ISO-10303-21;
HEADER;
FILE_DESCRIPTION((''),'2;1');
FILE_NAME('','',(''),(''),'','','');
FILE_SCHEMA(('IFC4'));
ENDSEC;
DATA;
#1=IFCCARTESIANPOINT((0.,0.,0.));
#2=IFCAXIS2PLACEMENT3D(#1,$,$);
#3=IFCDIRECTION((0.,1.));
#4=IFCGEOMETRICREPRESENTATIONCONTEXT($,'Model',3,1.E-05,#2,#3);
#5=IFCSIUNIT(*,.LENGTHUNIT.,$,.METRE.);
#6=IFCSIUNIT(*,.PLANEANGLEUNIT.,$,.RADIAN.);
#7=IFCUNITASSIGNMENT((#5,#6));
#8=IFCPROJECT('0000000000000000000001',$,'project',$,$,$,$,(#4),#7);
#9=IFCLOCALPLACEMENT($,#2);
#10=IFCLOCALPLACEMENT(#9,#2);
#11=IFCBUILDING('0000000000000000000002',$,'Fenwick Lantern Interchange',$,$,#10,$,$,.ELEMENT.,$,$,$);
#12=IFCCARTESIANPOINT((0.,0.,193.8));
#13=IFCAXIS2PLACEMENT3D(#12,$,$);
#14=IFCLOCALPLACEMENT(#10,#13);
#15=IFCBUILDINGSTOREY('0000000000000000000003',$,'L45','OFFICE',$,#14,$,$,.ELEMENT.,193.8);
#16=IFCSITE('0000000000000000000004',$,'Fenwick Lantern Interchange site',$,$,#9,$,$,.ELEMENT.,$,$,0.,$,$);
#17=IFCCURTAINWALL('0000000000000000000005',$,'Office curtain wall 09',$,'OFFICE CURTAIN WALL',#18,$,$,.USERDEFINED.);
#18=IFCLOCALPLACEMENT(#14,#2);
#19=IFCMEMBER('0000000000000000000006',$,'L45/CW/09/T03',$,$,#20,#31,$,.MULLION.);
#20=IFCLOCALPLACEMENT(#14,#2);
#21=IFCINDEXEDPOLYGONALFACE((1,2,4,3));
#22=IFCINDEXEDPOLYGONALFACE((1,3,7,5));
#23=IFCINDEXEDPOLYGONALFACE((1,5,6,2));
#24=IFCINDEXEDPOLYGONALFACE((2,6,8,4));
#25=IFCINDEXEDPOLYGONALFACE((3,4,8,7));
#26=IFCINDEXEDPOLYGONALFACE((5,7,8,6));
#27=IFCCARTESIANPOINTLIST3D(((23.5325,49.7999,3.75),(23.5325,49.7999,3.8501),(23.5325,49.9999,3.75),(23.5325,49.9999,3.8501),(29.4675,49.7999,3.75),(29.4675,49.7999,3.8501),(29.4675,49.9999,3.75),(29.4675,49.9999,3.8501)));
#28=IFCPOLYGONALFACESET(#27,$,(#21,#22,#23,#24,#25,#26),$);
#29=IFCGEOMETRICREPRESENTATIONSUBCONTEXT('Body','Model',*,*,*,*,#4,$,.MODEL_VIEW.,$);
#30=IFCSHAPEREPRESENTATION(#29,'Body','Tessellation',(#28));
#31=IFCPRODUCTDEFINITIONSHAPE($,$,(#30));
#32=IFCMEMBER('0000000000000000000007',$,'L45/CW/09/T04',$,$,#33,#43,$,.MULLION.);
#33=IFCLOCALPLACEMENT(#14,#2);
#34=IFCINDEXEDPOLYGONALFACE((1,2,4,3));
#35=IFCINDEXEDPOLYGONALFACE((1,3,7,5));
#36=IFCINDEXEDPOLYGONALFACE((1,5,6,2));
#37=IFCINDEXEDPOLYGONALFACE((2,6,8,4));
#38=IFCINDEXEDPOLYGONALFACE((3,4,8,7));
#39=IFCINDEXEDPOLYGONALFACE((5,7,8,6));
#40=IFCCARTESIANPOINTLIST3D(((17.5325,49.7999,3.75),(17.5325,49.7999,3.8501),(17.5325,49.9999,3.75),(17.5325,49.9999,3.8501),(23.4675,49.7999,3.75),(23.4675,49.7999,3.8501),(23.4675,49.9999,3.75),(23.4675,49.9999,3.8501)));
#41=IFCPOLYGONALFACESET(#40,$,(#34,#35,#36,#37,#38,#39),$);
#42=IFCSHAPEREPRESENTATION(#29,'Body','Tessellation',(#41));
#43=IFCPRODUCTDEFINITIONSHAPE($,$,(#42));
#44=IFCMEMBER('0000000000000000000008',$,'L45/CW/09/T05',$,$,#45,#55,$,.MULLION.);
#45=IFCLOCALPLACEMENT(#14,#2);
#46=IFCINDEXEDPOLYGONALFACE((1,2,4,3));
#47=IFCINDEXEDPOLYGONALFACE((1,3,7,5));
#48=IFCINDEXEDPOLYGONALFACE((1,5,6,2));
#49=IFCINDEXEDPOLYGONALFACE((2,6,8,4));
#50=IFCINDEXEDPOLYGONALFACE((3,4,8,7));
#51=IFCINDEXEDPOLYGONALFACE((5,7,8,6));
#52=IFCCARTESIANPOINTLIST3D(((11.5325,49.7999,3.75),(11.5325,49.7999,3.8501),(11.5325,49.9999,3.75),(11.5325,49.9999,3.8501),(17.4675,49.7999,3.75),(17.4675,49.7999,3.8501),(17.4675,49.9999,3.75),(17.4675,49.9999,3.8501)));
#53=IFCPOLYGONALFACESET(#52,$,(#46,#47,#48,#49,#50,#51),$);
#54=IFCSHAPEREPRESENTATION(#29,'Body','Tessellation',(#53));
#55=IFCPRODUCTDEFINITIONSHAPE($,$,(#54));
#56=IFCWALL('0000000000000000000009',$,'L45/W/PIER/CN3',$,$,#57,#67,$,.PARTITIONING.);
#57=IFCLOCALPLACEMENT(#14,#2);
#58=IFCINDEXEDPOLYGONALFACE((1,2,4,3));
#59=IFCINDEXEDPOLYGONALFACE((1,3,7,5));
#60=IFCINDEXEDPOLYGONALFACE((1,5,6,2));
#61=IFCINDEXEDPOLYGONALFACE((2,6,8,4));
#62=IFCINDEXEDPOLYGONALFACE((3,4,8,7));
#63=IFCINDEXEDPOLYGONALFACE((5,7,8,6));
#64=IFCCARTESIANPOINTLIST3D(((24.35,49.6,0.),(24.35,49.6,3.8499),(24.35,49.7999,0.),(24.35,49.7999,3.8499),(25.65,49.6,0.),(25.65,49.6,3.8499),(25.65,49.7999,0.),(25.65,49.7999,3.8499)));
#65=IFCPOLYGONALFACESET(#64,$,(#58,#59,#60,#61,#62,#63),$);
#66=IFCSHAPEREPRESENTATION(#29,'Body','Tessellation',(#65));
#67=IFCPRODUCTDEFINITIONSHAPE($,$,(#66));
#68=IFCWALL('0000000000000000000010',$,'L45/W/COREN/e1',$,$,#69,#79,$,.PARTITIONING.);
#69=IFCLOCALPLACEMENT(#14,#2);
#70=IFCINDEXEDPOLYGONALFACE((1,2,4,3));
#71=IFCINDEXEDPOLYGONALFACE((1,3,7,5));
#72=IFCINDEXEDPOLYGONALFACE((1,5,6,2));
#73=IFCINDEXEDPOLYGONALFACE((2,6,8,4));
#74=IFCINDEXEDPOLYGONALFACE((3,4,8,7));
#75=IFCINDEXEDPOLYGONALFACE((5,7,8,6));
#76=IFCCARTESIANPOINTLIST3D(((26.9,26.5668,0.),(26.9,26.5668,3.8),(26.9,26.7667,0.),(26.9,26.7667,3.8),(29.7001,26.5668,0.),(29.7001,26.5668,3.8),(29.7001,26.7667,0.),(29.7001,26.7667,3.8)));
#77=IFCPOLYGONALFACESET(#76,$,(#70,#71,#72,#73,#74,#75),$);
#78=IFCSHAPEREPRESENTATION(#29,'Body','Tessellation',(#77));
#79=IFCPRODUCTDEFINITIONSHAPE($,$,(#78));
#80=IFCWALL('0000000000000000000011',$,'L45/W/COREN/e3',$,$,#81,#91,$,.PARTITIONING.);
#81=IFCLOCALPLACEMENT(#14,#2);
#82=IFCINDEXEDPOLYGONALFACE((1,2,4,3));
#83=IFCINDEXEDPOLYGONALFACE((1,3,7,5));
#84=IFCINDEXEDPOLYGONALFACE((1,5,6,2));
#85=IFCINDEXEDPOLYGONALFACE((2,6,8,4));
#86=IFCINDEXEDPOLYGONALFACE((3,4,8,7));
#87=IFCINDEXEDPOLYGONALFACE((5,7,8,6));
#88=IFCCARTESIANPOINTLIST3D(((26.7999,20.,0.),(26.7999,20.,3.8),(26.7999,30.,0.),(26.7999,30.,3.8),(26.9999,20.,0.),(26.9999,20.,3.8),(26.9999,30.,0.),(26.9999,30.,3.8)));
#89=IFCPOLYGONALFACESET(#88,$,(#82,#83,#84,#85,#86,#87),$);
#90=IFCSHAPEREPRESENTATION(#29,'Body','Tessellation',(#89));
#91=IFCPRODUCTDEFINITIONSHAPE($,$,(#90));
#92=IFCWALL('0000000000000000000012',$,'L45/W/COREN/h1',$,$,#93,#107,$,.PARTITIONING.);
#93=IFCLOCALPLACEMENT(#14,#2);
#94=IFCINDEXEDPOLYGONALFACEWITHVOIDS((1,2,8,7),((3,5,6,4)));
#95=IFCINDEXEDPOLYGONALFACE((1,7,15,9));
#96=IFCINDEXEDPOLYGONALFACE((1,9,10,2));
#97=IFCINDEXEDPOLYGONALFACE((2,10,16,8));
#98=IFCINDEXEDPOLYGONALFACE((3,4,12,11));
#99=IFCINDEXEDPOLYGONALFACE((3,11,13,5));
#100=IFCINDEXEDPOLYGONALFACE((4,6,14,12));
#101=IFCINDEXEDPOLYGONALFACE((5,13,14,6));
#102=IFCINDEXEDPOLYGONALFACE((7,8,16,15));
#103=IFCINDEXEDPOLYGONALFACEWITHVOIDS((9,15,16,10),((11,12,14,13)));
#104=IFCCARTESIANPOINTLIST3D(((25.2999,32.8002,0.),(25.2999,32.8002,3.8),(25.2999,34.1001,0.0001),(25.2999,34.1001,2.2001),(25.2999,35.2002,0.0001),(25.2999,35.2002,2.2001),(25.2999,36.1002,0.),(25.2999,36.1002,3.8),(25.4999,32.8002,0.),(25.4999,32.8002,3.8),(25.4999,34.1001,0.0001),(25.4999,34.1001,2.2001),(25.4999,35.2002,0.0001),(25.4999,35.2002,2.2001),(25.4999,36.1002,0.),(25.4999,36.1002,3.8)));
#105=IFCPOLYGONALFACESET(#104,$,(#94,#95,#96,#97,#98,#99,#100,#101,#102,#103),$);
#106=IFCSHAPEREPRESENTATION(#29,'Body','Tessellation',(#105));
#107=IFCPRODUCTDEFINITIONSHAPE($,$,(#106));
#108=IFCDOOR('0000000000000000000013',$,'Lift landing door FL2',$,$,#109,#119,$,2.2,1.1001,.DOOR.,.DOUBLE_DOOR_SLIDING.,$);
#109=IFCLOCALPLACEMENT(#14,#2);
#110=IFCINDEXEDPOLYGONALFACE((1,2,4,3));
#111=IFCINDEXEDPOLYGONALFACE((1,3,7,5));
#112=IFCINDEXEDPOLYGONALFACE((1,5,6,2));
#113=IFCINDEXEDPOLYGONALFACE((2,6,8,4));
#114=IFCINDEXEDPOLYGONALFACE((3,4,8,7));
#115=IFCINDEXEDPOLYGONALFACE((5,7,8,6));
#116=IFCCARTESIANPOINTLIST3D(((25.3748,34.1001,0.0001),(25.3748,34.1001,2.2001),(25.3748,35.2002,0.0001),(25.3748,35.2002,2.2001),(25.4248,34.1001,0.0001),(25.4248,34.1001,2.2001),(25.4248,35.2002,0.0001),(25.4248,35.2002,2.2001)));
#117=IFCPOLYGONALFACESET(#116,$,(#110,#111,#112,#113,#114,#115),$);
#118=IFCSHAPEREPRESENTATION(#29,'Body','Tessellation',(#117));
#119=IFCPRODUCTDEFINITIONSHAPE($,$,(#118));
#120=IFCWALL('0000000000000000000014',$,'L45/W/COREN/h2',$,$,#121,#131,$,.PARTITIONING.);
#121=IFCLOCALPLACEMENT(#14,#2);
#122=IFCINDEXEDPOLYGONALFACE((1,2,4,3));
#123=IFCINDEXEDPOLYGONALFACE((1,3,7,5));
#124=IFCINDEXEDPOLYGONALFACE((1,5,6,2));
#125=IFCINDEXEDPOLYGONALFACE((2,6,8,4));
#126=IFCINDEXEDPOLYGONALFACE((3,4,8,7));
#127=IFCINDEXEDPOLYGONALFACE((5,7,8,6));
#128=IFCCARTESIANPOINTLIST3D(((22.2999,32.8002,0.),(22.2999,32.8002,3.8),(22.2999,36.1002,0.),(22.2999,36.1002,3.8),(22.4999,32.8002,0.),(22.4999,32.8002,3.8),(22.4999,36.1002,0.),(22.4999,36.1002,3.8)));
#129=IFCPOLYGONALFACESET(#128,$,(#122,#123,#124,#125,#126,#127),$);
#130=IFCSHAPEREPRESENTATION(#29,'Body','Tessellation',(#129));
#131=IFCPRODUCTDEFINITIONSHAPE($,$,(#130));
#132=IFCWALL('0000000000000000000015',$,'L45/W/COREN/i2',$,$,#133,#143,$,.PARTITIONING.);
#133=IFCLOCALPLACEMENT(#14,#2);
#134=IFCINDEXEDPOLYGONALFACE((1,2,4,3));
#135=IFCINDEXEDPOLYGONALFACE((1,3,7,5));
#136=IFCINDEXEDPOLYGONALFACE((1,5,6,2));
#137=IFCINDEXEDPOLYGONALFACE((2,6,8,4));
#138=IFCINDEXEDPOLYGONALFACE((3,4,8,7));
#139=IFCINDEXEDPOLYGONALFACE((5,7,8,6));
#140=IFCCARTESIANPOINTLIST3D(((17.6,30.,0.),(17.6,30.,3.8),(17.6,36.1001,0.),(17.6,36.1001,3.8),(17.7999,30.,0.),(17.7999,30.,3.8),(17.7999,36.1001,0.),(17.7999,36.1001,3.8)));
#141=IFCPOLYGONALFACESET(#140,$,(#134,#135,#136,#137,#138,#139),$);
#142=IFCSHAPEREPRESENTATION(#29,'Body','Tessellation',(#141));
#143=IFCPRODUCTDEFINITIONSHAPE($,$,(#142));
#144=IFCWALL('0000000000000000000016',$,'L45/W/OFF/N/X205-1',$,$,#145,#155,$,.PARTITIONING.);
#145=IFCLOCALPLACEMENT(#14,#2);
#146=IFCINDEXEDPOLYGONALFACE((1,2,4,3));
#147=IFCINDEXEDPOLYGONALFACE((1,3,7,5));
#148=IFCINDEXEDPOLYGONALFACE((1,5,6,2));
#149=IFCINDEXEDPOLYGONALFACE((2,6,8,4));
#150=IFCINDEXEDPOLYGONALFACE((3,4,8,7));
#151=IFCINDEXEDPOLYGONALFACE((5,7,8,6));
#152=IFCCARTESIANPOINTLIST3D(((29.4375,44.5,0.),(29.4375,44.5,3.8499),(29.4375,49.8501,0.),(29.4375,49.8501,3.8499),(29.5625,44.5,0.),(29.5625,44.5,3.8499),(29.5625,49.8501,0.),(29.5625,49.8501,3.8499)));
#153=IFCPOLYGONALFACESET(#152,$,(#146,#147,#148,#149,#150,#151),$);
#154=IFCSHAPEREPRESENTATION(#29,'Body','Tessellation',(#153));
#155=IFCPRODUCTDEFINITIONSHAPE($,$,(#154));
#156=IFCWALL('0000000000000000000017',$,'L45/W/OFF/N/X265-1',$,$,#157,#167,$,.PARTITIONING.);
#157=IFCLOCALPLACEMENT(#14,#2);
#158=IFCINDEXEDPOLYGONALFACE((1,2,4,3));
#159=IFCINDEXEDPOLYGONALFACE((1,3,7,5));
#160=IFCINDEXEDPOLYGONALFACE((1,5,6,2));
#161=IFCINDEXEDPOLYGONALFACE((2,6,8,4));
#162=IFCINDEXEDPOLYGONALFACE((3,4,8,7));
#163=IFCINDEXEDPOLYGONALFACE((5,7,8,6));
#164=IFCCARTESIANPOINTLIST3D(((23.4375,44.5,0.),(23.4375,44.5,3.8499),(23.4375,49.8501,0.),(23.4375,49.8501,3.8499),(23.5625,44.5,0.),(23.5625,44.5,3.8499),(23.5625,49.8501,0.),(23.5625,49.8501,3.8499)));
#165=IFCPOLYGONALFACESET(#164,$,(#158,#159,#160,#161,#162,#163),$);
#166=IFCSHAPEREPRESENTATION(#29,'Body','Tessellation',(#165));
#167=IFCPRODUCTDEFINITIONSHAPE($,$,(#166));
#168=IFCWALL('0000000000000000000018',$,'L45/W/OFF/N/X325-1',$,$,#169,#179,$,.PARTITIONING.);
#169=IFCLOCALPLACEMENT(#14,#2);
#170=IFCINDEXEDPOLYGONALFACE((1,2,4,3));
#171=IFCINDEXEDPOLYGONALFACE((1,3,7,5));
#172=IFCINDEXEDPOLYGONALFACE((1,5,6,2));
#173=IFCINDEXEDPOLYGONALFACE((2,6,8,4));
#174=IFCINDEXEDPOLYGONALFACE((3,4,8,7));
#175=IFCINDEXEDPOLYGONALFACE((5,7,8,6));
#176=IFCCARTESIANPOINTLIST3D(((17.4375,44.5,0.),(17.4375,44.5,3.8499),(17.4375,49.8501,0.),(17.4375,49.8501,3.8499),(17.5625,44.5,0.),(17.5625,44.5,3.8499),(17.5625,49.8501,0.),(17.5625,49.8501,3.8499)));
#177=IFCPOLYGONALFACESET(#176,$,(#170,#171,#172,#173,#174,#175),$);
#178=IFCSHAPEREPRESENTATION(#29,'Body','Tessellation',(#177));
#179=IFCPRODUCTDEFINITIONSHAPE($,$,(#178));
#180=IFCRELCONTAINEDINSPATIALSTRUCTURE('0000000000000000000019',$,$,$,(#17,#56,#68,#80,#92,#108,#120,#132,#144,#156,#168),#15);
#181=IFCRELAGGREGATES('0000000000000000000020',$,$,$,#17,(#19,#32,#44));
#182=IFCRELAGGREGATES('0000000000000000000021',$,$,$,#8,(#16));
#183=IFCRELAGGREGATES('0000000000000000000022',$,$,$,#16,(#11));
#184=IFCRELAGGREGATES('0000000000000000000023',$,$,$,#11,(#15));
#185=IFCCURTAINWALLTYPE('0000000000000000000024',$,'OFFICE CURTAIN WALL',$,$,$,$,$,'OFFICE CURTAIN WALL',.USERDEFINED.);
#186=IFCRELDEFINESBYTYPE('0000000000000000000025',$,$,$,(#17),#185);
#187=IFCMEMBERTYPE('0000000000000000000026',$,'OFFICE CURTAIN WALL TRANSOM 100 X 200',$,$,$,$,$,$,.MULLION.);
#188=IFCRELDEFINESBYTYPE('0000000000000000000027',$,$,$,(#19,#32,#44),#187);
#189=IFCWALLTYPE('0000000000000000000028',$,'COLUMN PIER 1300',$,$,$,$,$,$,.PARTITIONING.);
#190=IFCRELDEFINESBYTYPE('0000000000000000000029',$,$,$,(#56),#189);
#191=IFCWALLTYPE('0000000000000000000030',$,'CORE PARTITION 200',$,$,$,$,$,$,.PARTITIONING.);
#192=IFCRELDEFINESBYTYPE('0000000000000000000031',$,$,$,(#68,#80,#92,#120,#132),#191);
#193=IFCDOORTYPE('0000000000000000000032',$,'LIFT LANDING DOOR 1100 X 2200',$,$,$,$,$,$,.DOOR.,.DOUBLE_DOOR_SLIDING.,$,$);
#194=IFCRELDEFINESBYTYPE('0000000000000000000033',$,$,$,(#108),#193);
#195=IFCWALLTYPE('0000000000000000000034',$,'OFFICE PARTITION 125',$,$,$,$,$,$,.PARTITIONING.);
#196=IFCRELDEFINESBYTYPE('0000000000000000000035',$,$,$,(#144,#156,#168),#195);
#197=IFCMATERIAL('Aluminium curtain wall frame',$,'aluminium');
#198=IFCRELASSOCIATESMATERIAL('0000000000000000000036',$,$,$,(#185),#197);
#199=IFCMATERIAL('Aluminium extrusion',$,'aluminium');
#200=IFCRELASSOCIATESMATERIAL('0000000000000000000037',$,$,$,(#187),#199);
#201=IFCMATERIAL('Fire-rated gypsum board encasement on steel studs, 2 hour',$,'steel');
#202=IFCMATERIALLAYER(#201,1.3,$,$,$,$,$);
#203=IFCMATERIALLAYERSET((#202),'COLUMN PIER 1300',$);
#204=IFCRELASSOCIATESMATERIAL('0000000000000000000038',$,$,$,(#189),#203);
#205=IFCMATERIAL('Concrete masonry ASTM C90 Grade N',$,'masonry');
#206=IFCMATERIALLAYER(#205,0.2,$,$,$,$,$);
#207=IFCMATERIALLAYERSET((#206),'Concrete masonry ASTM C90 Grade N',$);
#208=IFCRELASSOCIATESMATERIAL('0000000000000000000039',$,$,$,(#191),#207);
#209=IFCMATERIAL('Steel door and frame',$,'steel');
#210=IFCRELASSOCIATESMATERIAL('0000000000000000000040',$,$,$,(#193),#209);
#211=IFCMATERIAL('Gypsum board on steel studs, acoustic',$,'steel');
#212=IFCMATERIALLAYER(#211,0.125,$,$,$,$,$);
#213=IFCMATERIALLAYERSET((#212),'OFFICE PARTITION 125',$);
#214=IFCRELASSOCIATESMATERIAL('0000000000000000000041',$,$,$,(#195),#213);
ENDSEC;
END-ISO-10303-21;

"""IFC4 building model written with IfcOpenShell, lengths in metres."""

from ifc_helpers import new_model, si_unit, direction, frame, frame_2d, origin, origin_2d, place, context, subcontext, project, spatial, rectangle, extrude, material, layer, layer_set, material_profile, profile_set, type_object, element, fill, aggregate, save


model = new_model("IFC4")

# Units and contexts
model_context = context("Model", 3, precision=1e-05, world=origin(), true_north=direction((0.0, 1.0)))
body_context = subcontext(model_context, "Body", "Model", "MODEL_VIEW")
ifc_project = project(units=[si_unit("LENGTHUNIT", "METRE"), si_unit("PLANEANGLEUNIT", "RADIAN")], contexts=[model_context])

# Site, building, storey
site_placement = place(None, origin())
site = spatial("IfcSite", under=ifc_project, at=site_placement, Name="Fenwick Lantern Interchange site", CompositionType="ELEMENT", RefElevation=0.0)
building_placement = place(site_placement, origin())
building = spatial("IfcBuilding", under=site, at=building_placement, Name="Fenwick Lantern Interchange", CompositionType="ELEMENT")
storey_placement = place(building_placement, frame((0.0, 0.0, 193.8)))
storey = spatial("IfcBuildingStorey", under=building, at=storey_placement, Name="L45", Description="OFFICE", CompositionType="ELEMENT", Elevation=193.8)

# Curtain wall, members
ifc_material_1 = material(Name="Aluminium curtain wall frame", Category="aluminium")
curtain_wall_type = type_object("IfcCurtainWallType", Name="OFFICE CURTAIN WALL", ElementType="OFFICE CURTAIN WALL", PredefinedType="USERDEFINED", material=ifc_material_1)
curtain_wall_placement = place(storey_placement, origin())
curtain_wall = element("IfcCurtainWall", 1, at=curtain_wall_placement, inside=storey, type_object=curtain_wall_type, Name="Office curtain wall 09", ObjectType="OFFICE CURTAIN WALL", PredefinedType="USERDEFINED")
ifc_material_2 = material(Name="Aluminium extrusion", Category="aluminium")
ifc_material_profile_1 = material_profile(ifc_material_2, rectangle(XDim=0.2, YDim=0.1001, at=origin_2d()), Name="OFFICE CURTAIN WALL TRANSOM 100 X 200")
ifc_profile_set_1 = profile_set([ifc_material_profile_1], Name="Aluminium extrusion")
member_type_1 = type_object("IfcMemberType", Name="OFFICE CURTAIN WALL TRANSOM 100 X 200", PredefinedType="MULLION", material=ifc_profile_set_1)
member_1_placement = place(storey_placement, frame((29.4675, 49.8999, 3.8), z_axis=(-1.0, 0.0, 0.0), x_axis=(0.0, -1.0, 0.0)))
member_1 = element("IfcMember", 2, at=member_1_placement, type_object=member_type_1, Name="L45/CW/09/T03", PredefinedType="MULLION", context=body_context, shape_type="SweptSolid", body=[
    extrude(rectangle(XDim=0.2, YDim=0.1001, at=origin_2d()), origin(), (0.0, 0.0, 1.0), 5.9351),
])
member_2_placement = place(storey_placement, frame((23.4675, 49.8999, 3.8), z_axis=(-1.0, 0.0, 0.0), x_axis=(0.0, -1.0, 0.0)))
member_2 = element("IfcMember", 3, at=member_2_placement, type_object=member_type_1, Name="L45/CW/09/T04", PredefinedType="MULLION", context=body_context, shape_type="SweptSolid", body=[
    extrude(rectangle(XDim=0.2, YDim=0.1001, at=origin_2d()), origin(), (0.0, 0.0, 1.0), 5.9351),
])
member_3_placement = place(storey_placement, frame((17.4675, 49.8999, 3.8), z_axis=(-1.0, 0.0, 0.0), x_axis=(0.0, -1.0, 0.0)))
member_3 = element("IfcMember", 4, at=member_3_placement, type_object=member_type_1, Name="L45/CW/09/T05", PredefinedType="MULLION", context=body_context, shape_type="SweptSolid", body=[
    extrude(rectangle(XDim=0.2, YDim=0.1001, at=origin_2d()), origin(), (0.0, 0.0, 1.0), 5.9351),
])
aggregate(curtain_wall, [member_1, member_2, member_3])

# Walls
ifc_material_3 = material(Name="Fire-rated gypsum board encasement on steel studs, 2 hour", Category="steel")
ifc_layer_1 = layer(ifc_material_3, 1.3)
ifc_layer_set_1 = layer_set([ifc_layer_1], Name="COLUMN PIER 1300")
wall_type_1 = type_object("IfcWallType", Name="COLUMN PIER 1300", PredefinedType="PARTITIONING", material=ifc_layer_set_1)
wall_1_placement = place(storey_placement, frame((25.0, 49.8, 0.0), z_axis=(0.0, 0.0, 1.0), x_axis=(0.0, -1.0, 0.0)))
element("IfcWall", 5, at=wall_1_placement, inside=storey, type_object=wall_type_1, Name="L45/W/PIER/CN3", PredefinedType="PARTITIONING", context=body_context, shape_type="SweptSolid", body=[
    extrude(rectangle(XDim=0.2, YDim=1.3, at=frame_2d((0.1001, 0.0))), origin(), (0.0, 0.0, 1.0), 3.8499),
])
ifc_material_4 = material(Name="Concrete masonry ASTM C90 Grade N", Category="masonry")
ifc_layer_2 = layer(ifc_material_4, 0.2)
ifc_layer_set_2 = layer_set([ifc_layer_2], Name="Concrete masonry ASTM C90 Grade N")
wall_type_2 = type_object("IfcWallType", Name="CORE PARTITION 200", PredefinedType="PARTITIONING", material=ifc_layer_set_2)
wall_2_placement = place(storey_placement, frame((29.7, 26.6667, 0.0), z_axis=(0.0, 0.0, 1.0), x_axis=(-1.0, 0.0, 0.0)))
element("IfcWall", 6, at=wall_2_placement, inside=storey, type_object=wall_type_2, Name="L45/W/COREN/e1", PredefinedType="PARTITIONING", context=body_context, shape_type="SweptSolid", body=[
    extrude(rectangle(XDim=2.8, YDim=0.2, at=frame_2d((1.3999, 0.0))), origin(), (0.0, 0.0, 1.0), 3.8),
])
wall_3_placement = place(storey_placement, frame((26.8999, 30.0, 0.0), z_axis=(0.0, 0.0, 1.0), x_axis=(0.0, -1.0, 0.0)))
element("IfcWall", 7, at=wall_3_placement, inside=storey, type_object=wall_type_2, Name="L45/W/COREN/e3", PredefinedType="PARTITIONING", context=body_context, shape_type="SweptSolid", body=[
    extrude(rectangle(XDim=10.0, YDim=0.2, at=frame_2d((5.0, 0.0))), origin(), (0.0, 0.0, 1.0), 3.8),
])

# Wall, opening, door
wall_4_placement = place(storey_placement, frame((25.3999, 36.1001, 0.0), z_axis=(0.0, 0.0, 1.0), x_axis=(0.0, -1.0, 0.0)))
wall_4 = element("IfcWall", 8, at=wall_4_placement, inside=storey, type_object=wall_type_2, Name="L45/W/COREN/h1", PredefinedType="PARTITIONING", context=body_context, shape_type="SweptSolid", body=[
    extrude(rectangle(XDim=3.3, YDim=0.2, at=frame_2d((1.6499, 0.0))), origin(), (0.0, 0.0, 1.0), 3.8),
])
opening_1_placement = place(wall_4_placement, frame((0.8999, 0.0, 0.0)))
opening_1 = element("IfcOpeningElement", 9, at=opening_1_placement, cuts=wall_4, PredefinedType="OPENING", context=body_context, shape_type="SweptSolid", body=[
    extrude(rectangle(XDim=1.1001, YDim=2.2, at=frame_2d((0.55, 1.1001))), frame((0.0, 0.1099, 0.0), z_axis=(0.0, -1.0, 0.0), x_axis=(1.0, 0.0, 0.0)), (0.0, 0.0, 1.0), 0.22),
])
ifc_material_5 = material(Name="Steel door and frame", Category="steel")
door_type_1 = type_object("IfcDoorType", Name="LIFT LANDING DOOR 1100 X 2200", OperationType="DOUBLE_DOOR_SLIDING", PredefinedType="DOOR", material=ifc_material_5)
door_1_placement = place(opening_1_placement, origin())
door_1 = element("IfcDoor", 10, at=door_1_placement, inside=storey, type_object=door_type_1, Name="Lift landing door FL2", OperationType="DOUBLE_DOOR_SLIDING", OverallHeight=2.2, OverallWidth=1.1001, PredefinedType="DOOR", context=body_context, shape_type="SweptSolid", body=[
    extrude(rectangle(XDim=1.1001, YDim=2.2, at=frame_2d((0.55, 1.1001))), frame((0.0, 0.0249, 0.0), z_axis=(0.0, -1.0, 0.0), x_axis=(1.0, 0.0, 0.0)), (0.0, 0.0, 1.0), 0.05),
])
fill(opening_1, door_1)

# Walls
wall_5_placement = place(storey_placement, frame((22.3999, 36.1001, 0.0), z_axis=(0.0, 0.0, 1.0), x_axis=(0.0, -1.0, 0.0)))
element("IfcWall", 11, at=wall_5_placement, inside=storey, type_object=wall_type_2, Name="L45/W/COREN/h2", PredefinedType="PARTITIONING", context=body_context, shape_type="SweptSolid", body=[
    extrude(rectangle(XDim=3.3, YDim=0.2, at=frame_2d((1.6499, 0.0))), origin(), (0.0, 0.0, 1.0), 3.8),
])
wall_6_placement = place(storey_placement, frame((17.7, 36.1001, 0.0), z_axis=(0.0, 0.0, 1.0), x_axis=(0.0, -1.0, 0.0)))
element("IfcWall", 12, at=wall_6_placement, inside=storey, type_object=wall_type_2, Name="L45/W/COREN/i2", PredefinedType="PARTITIONING", context=body_context, shape_type="SweptSolid", body=[
    extrude(rectangle(XDim=6.1001, YDim=0.2, at=frame_2d((3.05, 0.0))), origin(), (0.0, 0.0, 1.0), 3.8),
])
ifc_material_6 = material(Name="Gypsum board on steel studs, acoustic", Category="steel")
ifc_layer_3 = layer(ifc_material_6, 0.125)
ifc_layer_set_3 = layer_set([ifc_layer_3], Name="OFFICE PARTITION 125")
wall_type_3 = type_object("IfcWallType", Name="OFFICE PARTITION 125", PredefinedType="PARTITIONING", material=ifc_layer_set_3)
for number, where, z_axis, x_axis, name in (
    (13, (29.5, 49.8501, 0.0), (0.0, 0.0, 1.0), (0.0, -1.0, 0.0), "L45/W/OFF/N/X205-1"),
    (14, (23.5, 49.8501, 0.0), (0.0, 0.0, 1.0), (0.0, -1.0, 0.0), "L45/W/OFF/N/X265-1"),
    (15, (17.5, 49.8501, 0.0), (0.0, 0.0, 1.0), (0.0, -1.0, 0.0), "L45/W/OFF/N/X325-1"),
):
    element("IfcWall", number, at=place(storey_placement, frame(where, z_axis=z_axis, x_axis=x_axis)), inside=storey, type_object=wall_type_3, Name=name, PredefinedType="PARTITIONING", context=body_context, shape_type="SweptSolid", body=[
        extrude(rectangle(XDim=5.3501, YDim=0.125, at=frame_2d((2.675, 0.0))), origin(), (0.0, 0.0, 1.0), 3.8499),
    ])

save(model, "model.ifc")
